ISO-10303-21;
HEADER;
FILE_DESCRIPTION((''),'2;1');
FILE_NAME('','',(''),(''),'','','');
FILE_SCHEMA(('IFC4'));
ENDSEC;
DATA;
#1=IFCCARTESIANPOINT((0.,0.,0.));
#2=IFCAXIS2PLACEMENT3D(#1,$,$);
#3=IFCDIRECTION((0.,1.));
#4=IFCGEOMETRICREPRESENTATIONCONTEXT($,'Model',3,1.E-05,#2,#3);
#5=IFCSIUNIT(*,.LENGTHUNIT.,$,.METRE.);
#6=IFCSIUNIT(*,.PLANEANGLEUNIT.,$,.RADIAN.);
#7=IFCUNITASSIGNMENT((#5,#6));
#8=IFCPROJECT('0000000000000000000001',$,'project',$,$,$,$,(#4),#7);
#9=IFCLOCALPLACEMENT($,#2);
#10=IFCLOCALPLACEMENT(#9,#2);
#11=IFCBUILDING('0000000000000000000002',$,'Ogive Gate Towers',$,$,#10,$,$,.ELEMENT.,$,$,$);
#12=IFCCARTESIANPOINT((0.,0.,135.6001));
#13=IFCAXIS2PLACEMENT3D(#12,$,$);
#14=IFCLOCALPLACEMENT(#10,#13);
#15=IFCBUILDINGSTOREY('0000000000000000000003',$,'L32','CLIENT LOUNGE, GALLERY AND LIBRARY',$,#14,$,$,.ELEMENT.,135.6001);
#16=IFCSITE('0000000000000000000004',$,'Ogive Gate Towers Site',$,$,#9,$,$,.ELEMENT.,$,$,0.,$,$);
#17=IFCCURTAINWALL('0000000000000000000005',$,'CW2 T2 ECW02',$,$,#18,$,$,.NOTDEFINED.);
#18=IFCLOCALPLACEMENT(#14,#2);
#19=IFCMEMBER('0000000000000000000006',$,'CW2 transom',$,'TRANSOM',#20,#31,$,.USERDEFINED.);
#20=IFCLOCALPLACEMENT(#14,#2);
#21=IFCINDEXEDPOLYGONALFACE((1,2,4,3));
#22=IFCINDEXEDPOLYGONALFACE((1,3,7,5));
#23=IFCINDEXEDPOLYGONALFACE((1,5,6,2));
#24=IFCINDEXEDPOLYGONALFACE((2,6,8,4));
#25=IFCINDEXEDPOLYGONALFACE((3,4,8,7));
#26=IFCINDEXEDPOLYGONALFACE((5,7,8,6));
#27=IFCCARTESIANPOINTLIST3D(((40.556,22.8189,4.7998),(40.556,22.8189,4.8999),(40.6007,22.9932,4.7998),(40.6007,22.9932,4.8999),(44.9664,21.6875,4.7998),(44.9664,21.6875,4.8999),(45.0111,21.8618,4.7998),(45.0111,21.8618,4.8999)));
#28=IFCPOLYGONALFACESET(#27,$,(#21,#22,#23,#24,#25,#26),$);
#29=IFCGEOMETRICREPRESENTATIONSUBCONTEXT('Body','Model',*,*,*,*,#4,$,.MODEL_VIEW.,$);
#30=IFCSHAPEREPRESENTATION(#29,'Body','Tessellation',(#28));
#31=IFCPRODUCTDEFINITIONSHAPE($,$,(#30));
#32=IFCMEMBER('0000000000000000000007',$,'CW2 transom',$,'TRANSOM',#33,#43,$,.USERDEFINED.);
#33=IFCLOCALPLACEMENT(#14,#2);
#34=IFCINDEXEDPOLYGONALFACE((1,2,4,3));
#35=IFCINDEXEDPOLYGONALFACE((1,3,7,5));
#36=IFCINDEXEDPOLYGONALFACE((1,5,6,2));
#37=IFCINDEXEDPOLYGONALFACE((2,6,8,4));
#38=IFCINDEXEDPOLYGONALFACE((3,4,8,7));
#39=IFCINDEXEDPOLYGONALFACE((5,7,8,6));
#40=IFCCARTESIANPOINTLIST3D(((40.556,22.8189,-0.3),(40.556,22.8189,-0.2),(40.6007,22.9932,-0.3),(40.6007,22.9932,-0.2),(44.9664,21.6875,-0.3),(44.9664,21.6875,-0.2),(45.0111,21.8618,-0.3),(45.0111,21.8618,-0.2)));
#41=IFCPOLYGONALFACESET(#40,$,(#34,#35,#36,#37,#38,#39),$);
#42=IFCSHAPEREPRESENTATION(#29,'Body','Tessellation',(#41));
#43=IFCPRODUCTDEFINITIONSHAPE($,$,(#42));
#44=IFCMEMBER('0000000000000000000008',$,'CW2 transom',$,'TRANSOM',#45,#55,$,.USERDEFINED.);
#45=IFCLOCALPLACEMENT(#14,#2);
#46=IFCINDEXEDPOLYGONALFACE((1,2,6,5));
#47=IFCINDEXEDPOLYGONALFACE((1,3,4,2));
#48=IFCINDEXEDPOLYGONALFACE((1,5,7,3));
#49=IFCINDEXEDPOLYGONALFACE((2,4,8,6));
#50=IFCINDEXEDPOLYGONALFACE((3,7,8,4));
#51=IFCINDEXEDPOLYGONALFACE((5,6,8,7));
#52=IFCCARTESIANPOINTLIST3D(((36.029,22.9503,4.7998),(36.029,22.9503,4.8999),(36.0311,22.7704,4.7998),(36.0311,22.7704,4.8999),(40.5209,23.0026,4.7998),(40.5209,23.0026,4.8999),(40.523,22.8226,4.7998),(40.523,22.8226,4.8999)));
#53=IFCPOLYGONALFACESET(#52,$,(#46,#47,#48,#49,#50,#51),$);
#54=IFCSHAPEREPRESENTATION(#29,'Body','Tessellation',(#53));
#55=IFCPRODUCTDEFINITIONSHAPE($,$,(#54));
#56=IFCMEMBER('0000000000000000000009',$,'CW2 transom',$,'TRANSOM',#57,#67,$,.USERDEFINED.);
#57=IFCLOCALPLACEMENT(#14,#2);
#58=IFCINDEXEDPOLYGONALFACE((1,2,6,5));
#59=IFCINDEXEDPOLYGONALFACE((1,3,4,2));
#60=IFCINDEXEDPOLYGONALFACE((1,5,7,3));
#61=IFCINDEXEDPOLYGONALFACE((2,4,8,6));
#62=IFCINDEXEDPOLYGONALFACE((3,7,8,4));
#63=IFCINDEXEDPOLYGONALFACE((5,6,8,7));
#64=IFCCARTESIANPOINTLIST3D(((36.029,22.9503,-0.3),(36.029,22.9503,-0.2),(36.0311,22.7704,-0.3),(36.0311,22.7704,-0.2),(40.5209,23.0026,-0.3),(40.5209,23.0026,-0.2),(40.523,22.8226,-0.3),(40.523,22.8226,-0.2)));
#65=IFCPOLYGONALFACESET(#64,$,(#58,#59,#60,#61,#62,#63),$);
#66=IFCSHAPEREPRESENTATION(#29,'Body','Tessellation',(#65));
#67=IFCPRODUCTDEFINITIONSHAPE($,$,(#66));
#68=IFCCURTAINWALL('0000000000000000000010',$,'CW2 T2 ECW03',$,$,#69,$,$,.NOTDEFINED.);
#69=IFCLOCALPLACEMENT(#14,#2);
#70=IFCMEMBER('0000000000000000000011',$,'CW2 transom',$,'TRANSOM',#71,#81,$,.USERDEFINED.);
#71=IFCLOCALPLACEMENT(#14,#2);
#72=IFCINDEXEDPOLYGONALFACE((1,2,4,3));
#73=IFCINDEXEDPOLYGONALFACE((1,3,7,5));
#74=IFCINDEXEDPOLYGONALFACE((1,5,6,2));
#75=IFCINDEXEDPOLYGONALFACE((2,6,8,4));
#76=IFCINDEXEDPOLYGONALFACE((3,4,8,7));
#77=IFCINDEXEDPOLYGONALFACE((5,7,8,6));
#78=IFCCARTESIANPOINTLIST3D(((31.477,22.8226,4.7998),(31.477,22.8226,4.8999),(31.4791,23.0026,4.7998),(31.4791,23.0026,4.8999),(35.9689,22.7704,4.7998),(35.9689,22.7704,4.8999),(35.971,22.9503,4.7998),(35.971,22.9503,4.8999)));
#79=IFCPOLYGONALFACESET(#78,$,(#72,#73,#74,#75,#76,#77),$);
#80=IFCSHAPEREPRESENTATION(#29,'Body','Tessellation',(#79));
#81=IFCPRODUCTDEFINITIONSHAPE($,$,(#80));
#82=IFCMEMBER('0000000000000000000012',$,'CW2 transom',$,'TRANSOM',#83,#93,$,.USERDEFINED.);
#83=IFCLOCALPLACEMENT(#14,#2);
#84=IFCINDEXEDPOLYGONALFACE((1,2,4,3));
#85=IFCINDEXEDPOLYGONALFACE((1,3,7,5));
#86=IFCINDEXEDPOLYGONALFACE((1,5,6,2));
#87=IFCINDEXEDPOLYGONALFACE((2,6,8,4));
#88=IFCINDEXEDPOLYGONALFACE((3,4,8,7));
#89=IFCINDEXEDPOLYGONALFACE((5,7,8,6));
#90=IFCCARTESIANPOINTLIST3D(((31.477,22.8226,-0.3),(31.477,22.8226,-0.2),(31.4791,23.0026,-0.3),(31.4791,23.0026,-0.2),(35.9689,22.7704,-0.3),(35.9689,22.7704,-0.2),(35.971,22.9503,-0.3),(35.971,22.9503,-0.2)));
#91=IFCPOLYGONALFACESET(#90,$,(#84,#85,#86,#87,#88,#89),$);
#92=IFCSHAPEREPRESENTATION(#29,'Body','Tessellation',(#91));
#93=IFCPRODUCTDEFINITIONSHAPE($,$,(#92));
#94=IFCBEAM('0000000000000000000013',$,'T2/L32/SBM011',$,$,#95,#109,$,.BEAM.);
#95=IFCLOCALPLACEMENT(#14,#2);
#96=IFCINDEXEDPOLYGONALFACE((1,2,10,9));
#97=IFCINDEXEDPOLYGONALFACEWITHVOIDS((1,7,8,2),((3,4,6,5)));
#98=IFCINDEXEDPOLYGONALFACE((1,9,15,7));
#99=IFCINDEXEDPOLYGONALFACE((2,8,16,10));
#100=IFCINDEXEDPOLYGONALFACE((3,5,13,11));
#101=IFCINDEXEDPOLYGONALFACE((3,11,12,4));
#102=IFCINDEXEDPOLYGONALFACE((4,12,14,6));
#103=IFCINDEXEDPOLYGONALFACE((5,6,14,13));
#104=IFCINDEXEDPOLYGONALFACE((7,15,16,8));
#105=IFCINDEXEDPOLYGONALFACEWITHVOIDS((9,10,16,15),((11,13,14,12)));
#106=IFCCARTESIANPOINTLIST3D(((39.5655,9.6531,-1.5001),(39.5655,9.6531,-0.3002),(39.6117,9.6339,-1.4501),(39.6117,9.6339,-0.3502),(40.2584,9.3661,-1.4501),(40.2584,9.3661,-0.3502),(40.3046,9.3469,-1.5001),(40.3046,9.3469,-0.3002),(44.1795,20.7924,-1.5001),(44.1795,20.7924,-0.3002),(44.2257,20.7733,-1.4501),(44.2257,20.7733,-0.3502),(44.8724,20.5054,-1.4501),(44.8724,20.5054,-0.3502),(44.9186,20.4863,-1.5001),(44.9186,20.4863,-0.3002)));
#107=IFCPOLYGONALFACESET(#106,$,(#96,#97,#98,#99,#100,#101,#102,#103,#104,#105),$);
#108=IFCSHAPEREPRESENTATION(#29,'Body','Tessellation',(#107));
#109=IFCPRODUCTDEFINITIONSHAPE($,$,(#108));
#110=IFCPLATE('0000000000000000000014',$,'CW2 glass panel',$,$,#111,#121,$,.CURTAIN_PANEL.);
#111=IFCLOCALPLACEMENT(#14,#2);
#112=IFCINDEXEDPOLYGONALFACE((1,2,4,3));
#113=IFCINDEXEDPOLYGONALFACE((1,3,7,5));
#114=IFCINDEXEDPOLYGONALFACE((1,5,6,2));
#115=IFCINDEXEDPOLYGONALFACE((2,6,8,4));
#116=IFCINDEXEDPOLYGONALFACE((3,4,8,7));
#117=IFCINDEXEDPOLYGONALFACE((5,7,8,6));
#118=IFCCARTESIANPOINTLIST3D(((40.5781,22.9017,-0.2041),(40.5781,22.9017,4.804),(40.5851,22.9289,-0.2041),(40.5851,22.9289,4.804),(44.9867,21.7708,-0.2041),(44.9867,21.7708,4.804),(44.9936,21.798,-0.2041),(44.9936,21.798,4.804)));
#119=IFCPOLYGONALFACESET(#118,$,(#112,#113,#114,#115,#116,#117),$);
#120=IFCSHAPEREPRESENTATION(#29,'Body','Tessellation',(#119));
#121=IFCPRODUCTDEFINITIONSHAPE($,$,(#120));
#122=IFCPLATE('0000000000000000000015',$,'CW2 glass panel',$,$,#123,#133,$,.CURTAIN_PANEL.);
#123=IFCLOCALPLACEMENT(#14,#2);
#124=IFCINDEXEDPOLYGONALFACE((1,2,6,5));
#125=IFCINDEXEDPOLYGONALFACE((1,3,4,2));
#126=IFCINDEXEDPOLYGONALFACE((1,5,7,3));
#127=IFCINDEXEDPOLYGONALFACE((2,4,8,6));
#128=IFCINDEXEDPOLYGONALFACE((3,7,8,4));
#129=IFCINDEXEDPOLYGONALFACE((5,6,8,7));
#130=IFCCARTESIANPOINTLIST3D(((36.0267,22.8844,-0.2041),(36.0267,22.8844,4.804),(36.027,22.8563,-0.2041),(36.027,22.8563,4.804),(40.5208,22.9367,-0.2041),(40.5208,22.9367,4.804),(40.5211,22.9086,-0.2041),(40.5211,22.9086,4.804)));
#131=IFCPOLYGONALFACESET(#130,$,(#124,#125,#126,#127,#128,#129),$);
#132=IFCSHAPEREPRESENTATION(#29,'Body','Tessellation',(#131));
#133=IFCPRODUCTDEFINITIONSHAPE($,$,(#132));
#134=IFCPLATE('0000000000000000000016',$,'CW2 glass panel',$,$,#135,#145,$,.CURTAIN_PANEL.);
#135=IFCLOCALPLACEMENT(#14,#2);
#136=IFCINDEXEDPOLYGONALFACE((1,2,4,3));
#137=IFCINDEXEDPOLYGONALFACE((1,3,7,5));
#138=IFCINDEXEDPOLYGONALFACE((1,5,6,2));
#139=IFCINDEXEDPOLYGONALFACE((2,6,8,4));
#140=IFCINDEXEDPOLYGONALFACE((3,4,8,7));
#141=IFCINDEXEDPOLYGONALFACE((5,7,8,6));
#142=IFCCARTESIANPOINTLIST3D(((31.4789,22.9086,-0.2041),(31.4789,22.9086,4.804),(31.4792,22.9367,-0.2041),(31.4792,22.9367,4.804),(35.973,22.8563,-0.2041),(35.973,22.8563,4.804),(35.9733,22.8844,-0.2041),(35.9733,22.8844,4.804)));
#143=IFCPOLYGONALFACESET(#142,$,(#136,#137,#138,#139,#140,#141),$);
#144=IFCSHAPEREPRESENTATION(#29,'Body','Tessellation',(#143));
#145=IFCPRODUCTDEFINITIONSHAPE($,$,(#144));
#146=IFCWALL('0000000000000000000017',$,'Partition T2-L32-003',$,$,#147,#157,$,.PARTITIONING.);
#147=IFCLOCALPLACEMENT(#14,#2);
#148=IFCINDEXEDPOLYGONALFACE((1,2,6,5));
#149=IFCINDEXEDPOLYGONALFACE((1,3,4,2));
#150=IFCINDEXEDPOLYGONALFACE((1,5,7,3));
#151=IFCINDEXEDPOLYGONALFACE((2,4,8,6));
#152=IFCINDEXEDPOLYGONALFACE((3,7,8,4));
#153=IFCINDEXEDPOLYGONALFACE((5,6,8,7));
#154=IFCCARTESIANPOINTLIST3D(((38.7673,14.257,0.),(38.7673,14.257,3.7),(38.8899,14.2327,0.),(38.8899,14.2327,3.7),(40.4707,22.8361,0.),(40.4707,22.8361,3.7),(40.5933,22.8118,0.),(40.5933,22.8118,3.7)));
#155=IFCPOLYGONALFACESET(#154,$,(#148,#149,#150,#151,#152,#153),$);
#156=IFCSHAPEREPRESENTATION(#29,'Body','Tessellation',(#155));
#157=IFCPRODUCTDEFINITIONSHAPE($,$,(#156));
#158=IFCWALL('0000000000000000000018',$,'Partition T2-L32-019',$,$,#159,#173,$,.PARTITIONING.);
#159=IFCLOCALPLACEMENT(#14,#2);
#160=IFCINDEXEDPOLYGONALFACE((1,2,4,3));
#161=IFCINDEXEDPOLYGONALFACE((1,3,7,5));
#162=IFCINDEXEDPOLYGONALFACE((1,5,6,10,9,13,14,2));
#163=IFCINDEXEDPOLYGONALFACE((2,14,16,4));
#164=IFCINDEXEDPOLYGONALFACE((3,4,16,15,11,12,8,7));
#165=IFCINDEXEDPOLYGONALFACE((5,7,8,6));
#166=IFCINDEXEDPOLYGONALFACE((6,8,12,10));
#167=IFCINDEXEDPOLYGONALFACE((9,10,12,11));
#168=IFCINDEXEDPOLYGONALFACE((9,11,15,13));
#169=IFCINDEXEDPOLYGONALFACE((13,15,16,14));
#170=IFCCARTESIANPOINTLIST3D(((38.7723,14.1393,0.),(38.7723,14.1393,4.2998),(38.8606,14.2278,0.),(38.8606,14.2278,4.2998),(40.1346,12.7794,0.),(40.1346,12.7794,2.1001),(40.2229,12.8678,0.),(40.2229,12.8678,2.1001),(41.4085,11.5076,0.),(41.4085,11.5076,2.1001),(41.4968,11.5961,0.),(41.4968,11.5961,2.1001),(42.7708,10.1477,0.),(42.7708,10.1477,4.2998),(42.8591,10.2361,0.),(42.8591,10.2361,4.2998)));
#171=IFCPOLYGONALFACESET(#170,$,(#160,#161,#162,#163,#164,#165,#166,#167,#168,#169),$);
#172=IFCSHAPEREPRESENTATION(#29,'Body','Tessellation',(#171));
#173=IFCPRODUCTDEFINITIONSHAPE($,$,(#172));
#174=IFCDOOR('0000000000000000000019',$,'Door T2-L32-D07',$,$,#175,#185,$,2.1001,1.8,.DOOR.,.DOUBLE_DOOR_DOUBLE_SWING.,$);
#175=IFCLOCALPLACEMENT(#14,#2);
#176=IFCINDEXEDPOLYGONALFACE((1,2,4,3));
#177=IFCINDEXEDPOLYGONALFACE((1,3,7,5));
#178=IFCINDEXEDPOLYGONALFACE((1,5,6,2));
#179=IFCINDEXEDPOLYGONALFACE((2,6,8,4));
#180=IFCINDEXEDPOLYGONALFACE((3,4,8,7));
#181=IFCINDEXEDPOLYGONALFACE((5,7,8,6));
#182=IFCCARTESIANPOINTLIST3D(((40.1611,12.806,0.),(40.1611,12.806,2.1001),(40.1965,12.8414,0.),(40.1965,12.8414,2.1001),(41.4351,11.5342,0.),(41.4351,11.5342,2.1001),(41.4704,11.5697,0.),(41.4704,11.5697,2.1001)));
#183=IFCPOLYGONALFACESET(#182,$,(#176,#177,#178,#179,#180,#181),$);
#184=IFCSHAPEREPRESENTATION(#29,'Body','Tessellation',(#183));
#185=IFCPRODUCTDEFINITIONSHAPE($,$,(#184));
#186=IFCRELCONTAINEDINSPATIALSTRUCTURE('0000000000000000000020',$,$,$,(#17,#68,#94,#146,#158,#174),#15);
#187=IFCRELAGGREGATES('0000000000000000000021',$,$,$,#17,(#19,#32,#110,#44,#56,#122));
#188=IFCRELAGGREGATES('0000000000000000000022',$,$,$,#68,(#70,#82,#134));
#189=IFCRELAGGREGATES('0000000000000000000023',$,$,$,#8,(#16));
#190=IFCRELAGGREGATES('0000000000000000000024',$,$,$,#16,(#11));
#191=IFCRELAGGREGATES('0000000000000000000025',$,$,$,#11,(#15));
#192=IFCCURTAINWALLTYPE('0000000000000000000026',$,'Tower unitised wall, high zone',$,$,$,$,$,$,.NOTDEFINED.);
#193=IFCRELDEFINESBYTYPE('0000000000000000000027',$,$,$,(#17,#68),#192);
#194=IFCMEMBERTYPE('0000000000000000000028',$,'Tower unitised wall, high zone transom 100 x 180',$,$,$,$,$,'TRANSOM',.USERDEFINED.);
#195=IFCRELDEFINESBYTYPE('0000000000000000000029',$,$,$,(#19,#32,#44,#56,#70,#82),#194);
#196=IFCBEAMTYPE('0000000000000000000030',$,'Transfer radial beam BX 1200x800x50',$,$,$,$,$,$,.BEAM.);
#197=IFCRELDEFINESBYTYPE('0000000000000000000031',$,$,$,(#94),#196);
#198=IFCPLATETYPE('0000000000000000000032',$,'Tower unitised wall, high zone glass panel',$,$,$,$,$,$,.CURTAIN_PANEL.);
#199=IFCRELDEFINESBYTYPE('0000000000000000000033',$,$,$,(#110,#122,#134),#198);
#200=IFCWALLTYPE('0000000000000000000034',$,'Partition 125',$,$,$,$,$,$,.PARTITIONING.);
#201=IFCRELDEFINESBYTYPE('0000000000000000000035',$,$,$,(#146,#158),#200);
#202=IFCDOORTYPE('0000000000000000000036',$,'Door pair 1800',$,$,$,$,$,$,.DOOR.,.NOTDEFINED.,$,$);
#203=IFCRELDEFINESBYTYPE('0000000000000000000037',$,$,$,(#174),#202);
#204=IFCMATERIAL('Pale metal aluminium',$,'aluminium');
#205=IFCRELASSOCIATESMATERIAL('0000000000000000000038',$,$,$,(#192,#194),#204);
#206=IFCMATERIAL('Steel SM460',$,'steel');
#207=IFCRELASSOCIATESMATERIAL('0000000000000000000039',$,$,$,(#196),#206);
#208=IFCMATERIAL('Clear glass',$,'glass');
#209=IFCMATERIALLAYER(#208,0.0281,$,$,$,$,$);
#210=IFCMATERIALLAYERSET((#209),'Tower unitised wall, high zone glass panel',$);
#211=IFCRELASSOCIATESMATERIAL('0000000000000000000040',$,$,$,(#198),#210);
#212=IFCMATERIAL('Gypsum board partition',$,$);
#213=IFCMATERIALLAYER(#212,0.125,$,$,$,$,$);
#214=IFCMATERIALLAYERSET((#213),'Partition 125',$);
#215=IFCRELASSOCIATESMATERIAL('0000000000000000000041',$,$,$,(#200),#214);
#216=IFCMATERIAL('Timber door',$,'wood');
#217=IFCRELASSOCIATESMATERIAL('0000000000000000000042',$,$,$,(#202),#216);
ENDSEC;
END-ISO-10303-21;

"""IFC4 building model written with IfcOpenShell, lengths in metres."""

from ifc_helpers import new_model, si_unit, direction, frame, frame_2d, origin, origin_2d, place, context, subcontext, project, spatial, rectangle, hollow_rectangle, extrude, material, layer, layer_set, material_profile, profile_set, type_object, element, fill, aggregate, save


model = new_model("IFC4")

# Units and contexts
model_context = context("Model", 3, precision=1e-05, world=origin(), true_north=direction((0.0, 1.0)))
body_context = subcontext(model_context, "Body", "Model", "MODEL_VIEW")
ifc_project = project(units=[si_unit("LENGTHUNIT", "METRE"), si_unit("PLANEANGLEUNIT", "RADIAN")], contexts=[model_context])

# Site, building, storey
site_placement = place(None, origin())
site = spatial("IfcSite", under=ifc_project, at=site_placement, Name="Ogive Gate Towers Site", CompositionType="ELEMENT", RefElevation=0.0)
building_placement = place(site_placement, origin())
building = spatial("IfcBuilding", under=site, at=building_placement, Name="Ogive Gate Towers", CompositionType="ELEMENT")
storey_placement = place(building_placement, frame((0.0, 0.0, 135.6001)))
storey = spatial("IfcBuildingStorey", under=building, at=storey_placement, Name="L32", Description="CLIENT LOUNGE, GALLERY AND LIBRARY", CompositionType="ELEMENT", Elevation=135.6001)

# Shared definitions
ifc_material_1 = material(Name="Steel SM460", Category="steel")

# Curtain walls, members
ifc_material_2 = material(Name="Pale metal aluminium", Category="aluminium")
curtain_wall_type = type_object("IfcCurtainWallType", Name="Tower unitised wall, high zone", PredefinedType="NOTDEFINED", material=ifc_material_2)
curtain_wall_1_placement = place(storey_placement, origin())
curtain_wall_1 = element("IfcCurtainWall", 1, at=curtain_wall_1_placement, inside=storey, type_object=curtain_wall_type, Name="CW2 T2 ECW02", PredefinedType="NOTDEFINED")
ifc_material_profile_1 = material_profile(ifc_material_2, rectangle(XDim=0.1799, YDim=0.1001, at=origin_2d()), Name="100 x 180 aluminium box")
ifc_profile_set_1 = profile_set([ifc_material_profile_1], Name="Pale metal aluminium")
member_type_1 = type_object("IfcMemberType", Name="Tower unitised wall, high zone transom 100 x 180", ElementType="TRANSOM", PredefinedType="USERDEFINED", material=ifc_profile_set_1)
member_1_placement = place(storey_placement, frame((44.9888, 21.7747, 4.8499), z_axis=(-0.968639, 0.248473, 0.0), x_axis=(-0.248473, -0.968639, 0.0)))
member_1 = element("IfcMember", 2, at=member_1_placement, type_object=member_type_1, Name="CW2 transom", ObjectType="TRANSOM", PredefinedType="USERDEFINED", context=body_context, shape_type="SweptSolid", body=[
    extrude(rectangle(XDim=0.1799, YDim=0.1001, at=origin_2d()), origin(), (0.0, 0.0, 1.0), 4.5532),
])
member_2_placement = place(storey_placement, frame((44.9888, 21.7747, -0.25), z_axis=(-0.968639, 0.248473, 0.0), x_axis=(-0.248473, -0.968639, 0.0)))
member_2 = element("IfcMember", 3, at=member_2_placement, type_object=member_type_1, Name="CW2 transom", ObjectType="TRANSOM", PredefinedType="USERDEFINED", context=body_context, shape_type="SweptSolid", body=[
    extrude(rectangle(XDim=0.1799, YDim=0.1001, at=origin_2d()), origin(), (0.0, 0.0, 1.0), 4.5532),
])
member_3_placement = place(storey_placement, frame((40.522, 22.9126, 4.8499), z_axis=(-0.999932, -0.01163, 0.0), x_axis=(0.01163, -0.999932, 0.0)))
member_3 = element("IfcMember", 4, at=member_3_placement, type_object=member_type_1, Name="CW2 transom", ObjectType="TRANSOM", PredefinedType="USERDEFINED", context=body_context, shape_type="SweptSolid", body=[
    extrude(rectangle(XDim=0.1799, YDim=0.1001, at=origin_2d()), origin(), (0.0, 0.0, 1.0), 4.4922),
])
member_4_placement = place(storey_placement, frame((40.522, 22.9126, -0.25), z_axis=(-0.999932, -0.01163, 0.0), x_axis=(0.01163, -0.999932, 0.0)))
member_4 = element("IfcMember", 5, at=member_4_placement, type_object=member_type_1, Name="CW2 transom", ObjectType="TRANSOM", PredefinedType="USERDEFINED", context=body_context, shape_type="SweptSolid", body=[
    extrude(rectangle(XDim=0.1799, YDim=0.1001, at=origin_2d()), origin(), (0.0, 0.0, 1.0), 4.4922),
])
curtain_wall_2_placement = place(storey_placement, origin())
curtain_wall_2 = element("IfcCurtainWall", 6, at=curtain_wall_2_placement, inside=storey, type_object=curtain_wall_type, Name="CW2 T2 ECW03", PredefinedType="NOTDEFINED")
member_5_placement = place(storey_placement, frame((35.97, 22.8604, 4.8499), z_axis=(-0.999932, 0.01163, 0.0), x_axis=(-0.01163, -0.999932, 0.0)))
member_5 = element("IfcMember", 7, at=member_5_placement, type_object=member_type_1, Name="CW2 transom", ObjectType="TRANSOM", PredefinedType="USERDEFINED", context=body_context, shape_type="SweptSolid", body=[
    extrude(rectangle(XDim=0.1799, YDim=0.1001, at=origin_2d()), origin(), (0.0, 0.0, 1.0), 4.4922),
])
member_6_placement = place(storey_placement, frame((35.97, 22.8604, -0.25), z_axis=(-0.999932, 0.01163, 0.0), x_axis=(-0.01163, -0.999932, 0.0)))
member_6 = element("IfcMember", 8, at=member_6_placement, type_object=member_type_1, Name="CW2 transom", ObjectType="TRANSOM", PredefinedType="USERDEFINED", context=body_context, shape_type="SweptSolid", body=[
    extrude(rectangle(XDim=0.1799, YDim=0.1001, at=origin_2d()), origin(), (0.0, 0.0, 1.0), 4.4922),
])

# Beam
ifc_material_profile_2 = material_profile(ifc_material_1, hollow_rectangle(XDim=0.8, YDim=1.2, WallThickness=0.05, at=origin_2d()), Name="BX 1200x800x50")
ifc_profile_set_2 = profile_set([ifc_material_profile_2], Name="Steel SM460")
beam_type_1 = type_object("IfcBeamType", Name="Transfer radial beam BX 1200x800x50", PredefinedType="BEAM", material=ifc_profile_set_2)
beam_1_placement = place(storey_placement, frame((39.9351, 9.5, -0.9001), z_axis=(0.382678, 0.923882, 0.0), x_axis=(-0.923882, 0.382678, 0.0)))
element("IfcBeam", 9, at=beam_1_placement, inside=storey, type_object=beam_type_1, Name="T2/L32/SBM011", PredefinedType="BEAM", context=body_context, shape_type="SweptSolid", body=[
    extrude(hollow_rectangle(XDim=0.8, YDim=1.2, WallThickness=0.05, at=origin_2d()), origin(), (0.0, 0.0, 1.0), 12.0571),
])

# Plates
ifc_material_3 = material(Name="Clear glass", Category="glass")
ifc_layer_1 = layer(ifc_material_3, 0.0281)
ifc_layer_set_1 = layer_set([ifc_layer_1], Name="Tower unitised wall, high zone glass panel")
plate_type = type_object("IfcPlateType", Name="Tower unitised wall, high zone glass panel", PredefinedType="CURTAIN_PANEL", material=ifc_layer_set_1)
plate_1_placement = place(storey_placement, frame((42.7859, 22.3499, -0.2041), z_axis=(0.0, 0.0, 1.0), x_axis=(-0.96864, 0.24847, 0.0)))
plate_1 = element("IfcPlate", 10, at=plate_1_placement, type_object=plate_type, Name="CW2 glass panel", PredefinedType="CURTAIN_PANEL", context=body_context, shape_type="SweptSolid", body=[
    extrude(rectangle(XDim=4.5513, YDim=0.0281, at=origin_2d()), origin(), (0.0, 0.0, 1.0), 5.0081),
])
plate_2_placement = place(storey_placement, frame((38.2739, 22.8965, -0.2041), z_axis=(0.0, 0.0, 1.0), x_axis=(-0.999932, -0.011641, 0.0)))
plate_2 = element("IfcPlate", 11, at=plate_2_placement, type_object=plate_type, Name="CW2 glass panel", PredefinedType="CURTAIN_PANEL", context=body_context, shape_type="SweptSolid", body=[
    extrude(rectangle(XDim=4.4944, YDim=0.0281, at=origin_2d()), origin(), (0.0, 0.0, 1.0), 5.0081),
])
aggregate(curtain_wall_1, [member_1, member_2, plate_1, member_3, member_4, plate_2])
plate_3_placement = place(storey_placement, frame((33.7261, 22.8965, -0.2041), z_axis=(0.0, 0.0, 1.0), x_axis=(-0.999932, 0.011641, 0.0)))
plate_3 = element("IfcPlate", 12, at=plate_3_placement, type_object=plate_type, Name="CW2 glass panel", PredefinedType="CURTAIN_PANEL", context=body_context, shape_type="SweptSolid", body=[
    extrude(rectangle(XDim=4.4944, YDim=0.0281, at=origin_2d()), origin(), (0.0, 0.0, 1.0), 5.0081),
])
aggregate(curtain_wall_2, [member_5, member_6, plate_3])

# Wall
ifc_material_4 = material(Name="Gypsum board partition")
ifc_layer_2 = layer(ifc_material_4, 0.125)
ifc_layer_set_2 = layer_set([ifc_layer_2], Name="Partition 125")
wall_type_1 = type_object("IfcWallType", Name="Partition 125", PredefinedType="PARTITIONING", material=ifc_layer_set_2)
wall_1_placement = place(storey_placement, frame((40.532, 22.824, 0.0), z_axis=(0.0, 0.0, 1.0), x_axis=(-0.194747, -0.980853, 0.0)))
element("IfcWall", 13, at=wall_1_placement, inside=storey, type_object=wall_type_1, Name="Partition T2-L32-003", PredefinedType="PARTITIONING", context=body_context, shape_type="SweptSolid", body=[
    extrude(rectangle(XDim=8.7466, YDim=0.125, at=frame_2d((4.3733, 0.0))), origin(), (0.0, 0.0, 1.0), 3.7),
])

# Wall, opening, door
wall_2_placement = place(storey_placement, frame((42.8149, 10.1919, 0.0), z_axis=(0.0, 0.0, 1.0), x_axis=(-0.707711, 0.706502, 0.0)))
wall_2 = element("IfcWall", 14, at=wall_2_placement, inside=storey, type_object=wall_type_1, Name="Partition T2-L32-019", PredefinedType="PARTITIONING", context=body_context, shape_type="SweptSolid", body=[
    extrude(rectangle(XDim=5.6499, YDim=0.125, at=frame_2d((2.825, 0.0))), origin(), (0.0, 0.0, 1.0), 4.2998),
])
opening_1_placement = place(wall_2_placement, frame((1.925, 0.0, 0.0)))
opening_1 = element("IfcOpeningElement", 15, at=opening_1_placement, cuts=wall_2, PredefinedType="OPENING", context=body_context, shape_type="SweptSolid", body=[
    extrude(rectangle(XDim=1.8, YDim=2.1001, at=frame_2d((0.8999, 1.05))), frame((0.0, 0.0725, 0.0), z_axis=(0.0, -1.0, 0.0), x_axis=(1.0, 0.0, 0.0)), (0.0, 0.0, 1.0), 0.145),
])
ifc_material_5 = material(Name="Timber door", Category="wood")
door_type_1 = type_object("IfcDoorType", Name="Door pair 1800", OperationType="NOTDEFINED", PredefinedType="DOOR", material=ifc_material_5)
door_1_placement = place(opening_1_placement, origin())
door_1 = element("IfcDoor", 16, at=door_1_placement, inside=storey, type_object=door_type_1, Name="Door T2-L32-D07", OperationType="DOUBLE_DOOR_DOUBLE_SWING", OverallHeight=2.1001, OverallWidth=1.8, PredefinedType="DOOR", context=body_context, shape_type="SweptSolid", body=[
    extrude(rectangle(XDim=1.8, YDim=2.1001, at=frame_2d((0.8999, 1.05))), frame((0.0, 0.0249, 0.0), z_axis=(0.0, -1.0, 0.0), x_axis=(1.0, 0.0, 0.0)), (0.0, 0.0, 1.0), 0.05),
])
fill(opening_1, door_1)

save(model, "model.ifc")
